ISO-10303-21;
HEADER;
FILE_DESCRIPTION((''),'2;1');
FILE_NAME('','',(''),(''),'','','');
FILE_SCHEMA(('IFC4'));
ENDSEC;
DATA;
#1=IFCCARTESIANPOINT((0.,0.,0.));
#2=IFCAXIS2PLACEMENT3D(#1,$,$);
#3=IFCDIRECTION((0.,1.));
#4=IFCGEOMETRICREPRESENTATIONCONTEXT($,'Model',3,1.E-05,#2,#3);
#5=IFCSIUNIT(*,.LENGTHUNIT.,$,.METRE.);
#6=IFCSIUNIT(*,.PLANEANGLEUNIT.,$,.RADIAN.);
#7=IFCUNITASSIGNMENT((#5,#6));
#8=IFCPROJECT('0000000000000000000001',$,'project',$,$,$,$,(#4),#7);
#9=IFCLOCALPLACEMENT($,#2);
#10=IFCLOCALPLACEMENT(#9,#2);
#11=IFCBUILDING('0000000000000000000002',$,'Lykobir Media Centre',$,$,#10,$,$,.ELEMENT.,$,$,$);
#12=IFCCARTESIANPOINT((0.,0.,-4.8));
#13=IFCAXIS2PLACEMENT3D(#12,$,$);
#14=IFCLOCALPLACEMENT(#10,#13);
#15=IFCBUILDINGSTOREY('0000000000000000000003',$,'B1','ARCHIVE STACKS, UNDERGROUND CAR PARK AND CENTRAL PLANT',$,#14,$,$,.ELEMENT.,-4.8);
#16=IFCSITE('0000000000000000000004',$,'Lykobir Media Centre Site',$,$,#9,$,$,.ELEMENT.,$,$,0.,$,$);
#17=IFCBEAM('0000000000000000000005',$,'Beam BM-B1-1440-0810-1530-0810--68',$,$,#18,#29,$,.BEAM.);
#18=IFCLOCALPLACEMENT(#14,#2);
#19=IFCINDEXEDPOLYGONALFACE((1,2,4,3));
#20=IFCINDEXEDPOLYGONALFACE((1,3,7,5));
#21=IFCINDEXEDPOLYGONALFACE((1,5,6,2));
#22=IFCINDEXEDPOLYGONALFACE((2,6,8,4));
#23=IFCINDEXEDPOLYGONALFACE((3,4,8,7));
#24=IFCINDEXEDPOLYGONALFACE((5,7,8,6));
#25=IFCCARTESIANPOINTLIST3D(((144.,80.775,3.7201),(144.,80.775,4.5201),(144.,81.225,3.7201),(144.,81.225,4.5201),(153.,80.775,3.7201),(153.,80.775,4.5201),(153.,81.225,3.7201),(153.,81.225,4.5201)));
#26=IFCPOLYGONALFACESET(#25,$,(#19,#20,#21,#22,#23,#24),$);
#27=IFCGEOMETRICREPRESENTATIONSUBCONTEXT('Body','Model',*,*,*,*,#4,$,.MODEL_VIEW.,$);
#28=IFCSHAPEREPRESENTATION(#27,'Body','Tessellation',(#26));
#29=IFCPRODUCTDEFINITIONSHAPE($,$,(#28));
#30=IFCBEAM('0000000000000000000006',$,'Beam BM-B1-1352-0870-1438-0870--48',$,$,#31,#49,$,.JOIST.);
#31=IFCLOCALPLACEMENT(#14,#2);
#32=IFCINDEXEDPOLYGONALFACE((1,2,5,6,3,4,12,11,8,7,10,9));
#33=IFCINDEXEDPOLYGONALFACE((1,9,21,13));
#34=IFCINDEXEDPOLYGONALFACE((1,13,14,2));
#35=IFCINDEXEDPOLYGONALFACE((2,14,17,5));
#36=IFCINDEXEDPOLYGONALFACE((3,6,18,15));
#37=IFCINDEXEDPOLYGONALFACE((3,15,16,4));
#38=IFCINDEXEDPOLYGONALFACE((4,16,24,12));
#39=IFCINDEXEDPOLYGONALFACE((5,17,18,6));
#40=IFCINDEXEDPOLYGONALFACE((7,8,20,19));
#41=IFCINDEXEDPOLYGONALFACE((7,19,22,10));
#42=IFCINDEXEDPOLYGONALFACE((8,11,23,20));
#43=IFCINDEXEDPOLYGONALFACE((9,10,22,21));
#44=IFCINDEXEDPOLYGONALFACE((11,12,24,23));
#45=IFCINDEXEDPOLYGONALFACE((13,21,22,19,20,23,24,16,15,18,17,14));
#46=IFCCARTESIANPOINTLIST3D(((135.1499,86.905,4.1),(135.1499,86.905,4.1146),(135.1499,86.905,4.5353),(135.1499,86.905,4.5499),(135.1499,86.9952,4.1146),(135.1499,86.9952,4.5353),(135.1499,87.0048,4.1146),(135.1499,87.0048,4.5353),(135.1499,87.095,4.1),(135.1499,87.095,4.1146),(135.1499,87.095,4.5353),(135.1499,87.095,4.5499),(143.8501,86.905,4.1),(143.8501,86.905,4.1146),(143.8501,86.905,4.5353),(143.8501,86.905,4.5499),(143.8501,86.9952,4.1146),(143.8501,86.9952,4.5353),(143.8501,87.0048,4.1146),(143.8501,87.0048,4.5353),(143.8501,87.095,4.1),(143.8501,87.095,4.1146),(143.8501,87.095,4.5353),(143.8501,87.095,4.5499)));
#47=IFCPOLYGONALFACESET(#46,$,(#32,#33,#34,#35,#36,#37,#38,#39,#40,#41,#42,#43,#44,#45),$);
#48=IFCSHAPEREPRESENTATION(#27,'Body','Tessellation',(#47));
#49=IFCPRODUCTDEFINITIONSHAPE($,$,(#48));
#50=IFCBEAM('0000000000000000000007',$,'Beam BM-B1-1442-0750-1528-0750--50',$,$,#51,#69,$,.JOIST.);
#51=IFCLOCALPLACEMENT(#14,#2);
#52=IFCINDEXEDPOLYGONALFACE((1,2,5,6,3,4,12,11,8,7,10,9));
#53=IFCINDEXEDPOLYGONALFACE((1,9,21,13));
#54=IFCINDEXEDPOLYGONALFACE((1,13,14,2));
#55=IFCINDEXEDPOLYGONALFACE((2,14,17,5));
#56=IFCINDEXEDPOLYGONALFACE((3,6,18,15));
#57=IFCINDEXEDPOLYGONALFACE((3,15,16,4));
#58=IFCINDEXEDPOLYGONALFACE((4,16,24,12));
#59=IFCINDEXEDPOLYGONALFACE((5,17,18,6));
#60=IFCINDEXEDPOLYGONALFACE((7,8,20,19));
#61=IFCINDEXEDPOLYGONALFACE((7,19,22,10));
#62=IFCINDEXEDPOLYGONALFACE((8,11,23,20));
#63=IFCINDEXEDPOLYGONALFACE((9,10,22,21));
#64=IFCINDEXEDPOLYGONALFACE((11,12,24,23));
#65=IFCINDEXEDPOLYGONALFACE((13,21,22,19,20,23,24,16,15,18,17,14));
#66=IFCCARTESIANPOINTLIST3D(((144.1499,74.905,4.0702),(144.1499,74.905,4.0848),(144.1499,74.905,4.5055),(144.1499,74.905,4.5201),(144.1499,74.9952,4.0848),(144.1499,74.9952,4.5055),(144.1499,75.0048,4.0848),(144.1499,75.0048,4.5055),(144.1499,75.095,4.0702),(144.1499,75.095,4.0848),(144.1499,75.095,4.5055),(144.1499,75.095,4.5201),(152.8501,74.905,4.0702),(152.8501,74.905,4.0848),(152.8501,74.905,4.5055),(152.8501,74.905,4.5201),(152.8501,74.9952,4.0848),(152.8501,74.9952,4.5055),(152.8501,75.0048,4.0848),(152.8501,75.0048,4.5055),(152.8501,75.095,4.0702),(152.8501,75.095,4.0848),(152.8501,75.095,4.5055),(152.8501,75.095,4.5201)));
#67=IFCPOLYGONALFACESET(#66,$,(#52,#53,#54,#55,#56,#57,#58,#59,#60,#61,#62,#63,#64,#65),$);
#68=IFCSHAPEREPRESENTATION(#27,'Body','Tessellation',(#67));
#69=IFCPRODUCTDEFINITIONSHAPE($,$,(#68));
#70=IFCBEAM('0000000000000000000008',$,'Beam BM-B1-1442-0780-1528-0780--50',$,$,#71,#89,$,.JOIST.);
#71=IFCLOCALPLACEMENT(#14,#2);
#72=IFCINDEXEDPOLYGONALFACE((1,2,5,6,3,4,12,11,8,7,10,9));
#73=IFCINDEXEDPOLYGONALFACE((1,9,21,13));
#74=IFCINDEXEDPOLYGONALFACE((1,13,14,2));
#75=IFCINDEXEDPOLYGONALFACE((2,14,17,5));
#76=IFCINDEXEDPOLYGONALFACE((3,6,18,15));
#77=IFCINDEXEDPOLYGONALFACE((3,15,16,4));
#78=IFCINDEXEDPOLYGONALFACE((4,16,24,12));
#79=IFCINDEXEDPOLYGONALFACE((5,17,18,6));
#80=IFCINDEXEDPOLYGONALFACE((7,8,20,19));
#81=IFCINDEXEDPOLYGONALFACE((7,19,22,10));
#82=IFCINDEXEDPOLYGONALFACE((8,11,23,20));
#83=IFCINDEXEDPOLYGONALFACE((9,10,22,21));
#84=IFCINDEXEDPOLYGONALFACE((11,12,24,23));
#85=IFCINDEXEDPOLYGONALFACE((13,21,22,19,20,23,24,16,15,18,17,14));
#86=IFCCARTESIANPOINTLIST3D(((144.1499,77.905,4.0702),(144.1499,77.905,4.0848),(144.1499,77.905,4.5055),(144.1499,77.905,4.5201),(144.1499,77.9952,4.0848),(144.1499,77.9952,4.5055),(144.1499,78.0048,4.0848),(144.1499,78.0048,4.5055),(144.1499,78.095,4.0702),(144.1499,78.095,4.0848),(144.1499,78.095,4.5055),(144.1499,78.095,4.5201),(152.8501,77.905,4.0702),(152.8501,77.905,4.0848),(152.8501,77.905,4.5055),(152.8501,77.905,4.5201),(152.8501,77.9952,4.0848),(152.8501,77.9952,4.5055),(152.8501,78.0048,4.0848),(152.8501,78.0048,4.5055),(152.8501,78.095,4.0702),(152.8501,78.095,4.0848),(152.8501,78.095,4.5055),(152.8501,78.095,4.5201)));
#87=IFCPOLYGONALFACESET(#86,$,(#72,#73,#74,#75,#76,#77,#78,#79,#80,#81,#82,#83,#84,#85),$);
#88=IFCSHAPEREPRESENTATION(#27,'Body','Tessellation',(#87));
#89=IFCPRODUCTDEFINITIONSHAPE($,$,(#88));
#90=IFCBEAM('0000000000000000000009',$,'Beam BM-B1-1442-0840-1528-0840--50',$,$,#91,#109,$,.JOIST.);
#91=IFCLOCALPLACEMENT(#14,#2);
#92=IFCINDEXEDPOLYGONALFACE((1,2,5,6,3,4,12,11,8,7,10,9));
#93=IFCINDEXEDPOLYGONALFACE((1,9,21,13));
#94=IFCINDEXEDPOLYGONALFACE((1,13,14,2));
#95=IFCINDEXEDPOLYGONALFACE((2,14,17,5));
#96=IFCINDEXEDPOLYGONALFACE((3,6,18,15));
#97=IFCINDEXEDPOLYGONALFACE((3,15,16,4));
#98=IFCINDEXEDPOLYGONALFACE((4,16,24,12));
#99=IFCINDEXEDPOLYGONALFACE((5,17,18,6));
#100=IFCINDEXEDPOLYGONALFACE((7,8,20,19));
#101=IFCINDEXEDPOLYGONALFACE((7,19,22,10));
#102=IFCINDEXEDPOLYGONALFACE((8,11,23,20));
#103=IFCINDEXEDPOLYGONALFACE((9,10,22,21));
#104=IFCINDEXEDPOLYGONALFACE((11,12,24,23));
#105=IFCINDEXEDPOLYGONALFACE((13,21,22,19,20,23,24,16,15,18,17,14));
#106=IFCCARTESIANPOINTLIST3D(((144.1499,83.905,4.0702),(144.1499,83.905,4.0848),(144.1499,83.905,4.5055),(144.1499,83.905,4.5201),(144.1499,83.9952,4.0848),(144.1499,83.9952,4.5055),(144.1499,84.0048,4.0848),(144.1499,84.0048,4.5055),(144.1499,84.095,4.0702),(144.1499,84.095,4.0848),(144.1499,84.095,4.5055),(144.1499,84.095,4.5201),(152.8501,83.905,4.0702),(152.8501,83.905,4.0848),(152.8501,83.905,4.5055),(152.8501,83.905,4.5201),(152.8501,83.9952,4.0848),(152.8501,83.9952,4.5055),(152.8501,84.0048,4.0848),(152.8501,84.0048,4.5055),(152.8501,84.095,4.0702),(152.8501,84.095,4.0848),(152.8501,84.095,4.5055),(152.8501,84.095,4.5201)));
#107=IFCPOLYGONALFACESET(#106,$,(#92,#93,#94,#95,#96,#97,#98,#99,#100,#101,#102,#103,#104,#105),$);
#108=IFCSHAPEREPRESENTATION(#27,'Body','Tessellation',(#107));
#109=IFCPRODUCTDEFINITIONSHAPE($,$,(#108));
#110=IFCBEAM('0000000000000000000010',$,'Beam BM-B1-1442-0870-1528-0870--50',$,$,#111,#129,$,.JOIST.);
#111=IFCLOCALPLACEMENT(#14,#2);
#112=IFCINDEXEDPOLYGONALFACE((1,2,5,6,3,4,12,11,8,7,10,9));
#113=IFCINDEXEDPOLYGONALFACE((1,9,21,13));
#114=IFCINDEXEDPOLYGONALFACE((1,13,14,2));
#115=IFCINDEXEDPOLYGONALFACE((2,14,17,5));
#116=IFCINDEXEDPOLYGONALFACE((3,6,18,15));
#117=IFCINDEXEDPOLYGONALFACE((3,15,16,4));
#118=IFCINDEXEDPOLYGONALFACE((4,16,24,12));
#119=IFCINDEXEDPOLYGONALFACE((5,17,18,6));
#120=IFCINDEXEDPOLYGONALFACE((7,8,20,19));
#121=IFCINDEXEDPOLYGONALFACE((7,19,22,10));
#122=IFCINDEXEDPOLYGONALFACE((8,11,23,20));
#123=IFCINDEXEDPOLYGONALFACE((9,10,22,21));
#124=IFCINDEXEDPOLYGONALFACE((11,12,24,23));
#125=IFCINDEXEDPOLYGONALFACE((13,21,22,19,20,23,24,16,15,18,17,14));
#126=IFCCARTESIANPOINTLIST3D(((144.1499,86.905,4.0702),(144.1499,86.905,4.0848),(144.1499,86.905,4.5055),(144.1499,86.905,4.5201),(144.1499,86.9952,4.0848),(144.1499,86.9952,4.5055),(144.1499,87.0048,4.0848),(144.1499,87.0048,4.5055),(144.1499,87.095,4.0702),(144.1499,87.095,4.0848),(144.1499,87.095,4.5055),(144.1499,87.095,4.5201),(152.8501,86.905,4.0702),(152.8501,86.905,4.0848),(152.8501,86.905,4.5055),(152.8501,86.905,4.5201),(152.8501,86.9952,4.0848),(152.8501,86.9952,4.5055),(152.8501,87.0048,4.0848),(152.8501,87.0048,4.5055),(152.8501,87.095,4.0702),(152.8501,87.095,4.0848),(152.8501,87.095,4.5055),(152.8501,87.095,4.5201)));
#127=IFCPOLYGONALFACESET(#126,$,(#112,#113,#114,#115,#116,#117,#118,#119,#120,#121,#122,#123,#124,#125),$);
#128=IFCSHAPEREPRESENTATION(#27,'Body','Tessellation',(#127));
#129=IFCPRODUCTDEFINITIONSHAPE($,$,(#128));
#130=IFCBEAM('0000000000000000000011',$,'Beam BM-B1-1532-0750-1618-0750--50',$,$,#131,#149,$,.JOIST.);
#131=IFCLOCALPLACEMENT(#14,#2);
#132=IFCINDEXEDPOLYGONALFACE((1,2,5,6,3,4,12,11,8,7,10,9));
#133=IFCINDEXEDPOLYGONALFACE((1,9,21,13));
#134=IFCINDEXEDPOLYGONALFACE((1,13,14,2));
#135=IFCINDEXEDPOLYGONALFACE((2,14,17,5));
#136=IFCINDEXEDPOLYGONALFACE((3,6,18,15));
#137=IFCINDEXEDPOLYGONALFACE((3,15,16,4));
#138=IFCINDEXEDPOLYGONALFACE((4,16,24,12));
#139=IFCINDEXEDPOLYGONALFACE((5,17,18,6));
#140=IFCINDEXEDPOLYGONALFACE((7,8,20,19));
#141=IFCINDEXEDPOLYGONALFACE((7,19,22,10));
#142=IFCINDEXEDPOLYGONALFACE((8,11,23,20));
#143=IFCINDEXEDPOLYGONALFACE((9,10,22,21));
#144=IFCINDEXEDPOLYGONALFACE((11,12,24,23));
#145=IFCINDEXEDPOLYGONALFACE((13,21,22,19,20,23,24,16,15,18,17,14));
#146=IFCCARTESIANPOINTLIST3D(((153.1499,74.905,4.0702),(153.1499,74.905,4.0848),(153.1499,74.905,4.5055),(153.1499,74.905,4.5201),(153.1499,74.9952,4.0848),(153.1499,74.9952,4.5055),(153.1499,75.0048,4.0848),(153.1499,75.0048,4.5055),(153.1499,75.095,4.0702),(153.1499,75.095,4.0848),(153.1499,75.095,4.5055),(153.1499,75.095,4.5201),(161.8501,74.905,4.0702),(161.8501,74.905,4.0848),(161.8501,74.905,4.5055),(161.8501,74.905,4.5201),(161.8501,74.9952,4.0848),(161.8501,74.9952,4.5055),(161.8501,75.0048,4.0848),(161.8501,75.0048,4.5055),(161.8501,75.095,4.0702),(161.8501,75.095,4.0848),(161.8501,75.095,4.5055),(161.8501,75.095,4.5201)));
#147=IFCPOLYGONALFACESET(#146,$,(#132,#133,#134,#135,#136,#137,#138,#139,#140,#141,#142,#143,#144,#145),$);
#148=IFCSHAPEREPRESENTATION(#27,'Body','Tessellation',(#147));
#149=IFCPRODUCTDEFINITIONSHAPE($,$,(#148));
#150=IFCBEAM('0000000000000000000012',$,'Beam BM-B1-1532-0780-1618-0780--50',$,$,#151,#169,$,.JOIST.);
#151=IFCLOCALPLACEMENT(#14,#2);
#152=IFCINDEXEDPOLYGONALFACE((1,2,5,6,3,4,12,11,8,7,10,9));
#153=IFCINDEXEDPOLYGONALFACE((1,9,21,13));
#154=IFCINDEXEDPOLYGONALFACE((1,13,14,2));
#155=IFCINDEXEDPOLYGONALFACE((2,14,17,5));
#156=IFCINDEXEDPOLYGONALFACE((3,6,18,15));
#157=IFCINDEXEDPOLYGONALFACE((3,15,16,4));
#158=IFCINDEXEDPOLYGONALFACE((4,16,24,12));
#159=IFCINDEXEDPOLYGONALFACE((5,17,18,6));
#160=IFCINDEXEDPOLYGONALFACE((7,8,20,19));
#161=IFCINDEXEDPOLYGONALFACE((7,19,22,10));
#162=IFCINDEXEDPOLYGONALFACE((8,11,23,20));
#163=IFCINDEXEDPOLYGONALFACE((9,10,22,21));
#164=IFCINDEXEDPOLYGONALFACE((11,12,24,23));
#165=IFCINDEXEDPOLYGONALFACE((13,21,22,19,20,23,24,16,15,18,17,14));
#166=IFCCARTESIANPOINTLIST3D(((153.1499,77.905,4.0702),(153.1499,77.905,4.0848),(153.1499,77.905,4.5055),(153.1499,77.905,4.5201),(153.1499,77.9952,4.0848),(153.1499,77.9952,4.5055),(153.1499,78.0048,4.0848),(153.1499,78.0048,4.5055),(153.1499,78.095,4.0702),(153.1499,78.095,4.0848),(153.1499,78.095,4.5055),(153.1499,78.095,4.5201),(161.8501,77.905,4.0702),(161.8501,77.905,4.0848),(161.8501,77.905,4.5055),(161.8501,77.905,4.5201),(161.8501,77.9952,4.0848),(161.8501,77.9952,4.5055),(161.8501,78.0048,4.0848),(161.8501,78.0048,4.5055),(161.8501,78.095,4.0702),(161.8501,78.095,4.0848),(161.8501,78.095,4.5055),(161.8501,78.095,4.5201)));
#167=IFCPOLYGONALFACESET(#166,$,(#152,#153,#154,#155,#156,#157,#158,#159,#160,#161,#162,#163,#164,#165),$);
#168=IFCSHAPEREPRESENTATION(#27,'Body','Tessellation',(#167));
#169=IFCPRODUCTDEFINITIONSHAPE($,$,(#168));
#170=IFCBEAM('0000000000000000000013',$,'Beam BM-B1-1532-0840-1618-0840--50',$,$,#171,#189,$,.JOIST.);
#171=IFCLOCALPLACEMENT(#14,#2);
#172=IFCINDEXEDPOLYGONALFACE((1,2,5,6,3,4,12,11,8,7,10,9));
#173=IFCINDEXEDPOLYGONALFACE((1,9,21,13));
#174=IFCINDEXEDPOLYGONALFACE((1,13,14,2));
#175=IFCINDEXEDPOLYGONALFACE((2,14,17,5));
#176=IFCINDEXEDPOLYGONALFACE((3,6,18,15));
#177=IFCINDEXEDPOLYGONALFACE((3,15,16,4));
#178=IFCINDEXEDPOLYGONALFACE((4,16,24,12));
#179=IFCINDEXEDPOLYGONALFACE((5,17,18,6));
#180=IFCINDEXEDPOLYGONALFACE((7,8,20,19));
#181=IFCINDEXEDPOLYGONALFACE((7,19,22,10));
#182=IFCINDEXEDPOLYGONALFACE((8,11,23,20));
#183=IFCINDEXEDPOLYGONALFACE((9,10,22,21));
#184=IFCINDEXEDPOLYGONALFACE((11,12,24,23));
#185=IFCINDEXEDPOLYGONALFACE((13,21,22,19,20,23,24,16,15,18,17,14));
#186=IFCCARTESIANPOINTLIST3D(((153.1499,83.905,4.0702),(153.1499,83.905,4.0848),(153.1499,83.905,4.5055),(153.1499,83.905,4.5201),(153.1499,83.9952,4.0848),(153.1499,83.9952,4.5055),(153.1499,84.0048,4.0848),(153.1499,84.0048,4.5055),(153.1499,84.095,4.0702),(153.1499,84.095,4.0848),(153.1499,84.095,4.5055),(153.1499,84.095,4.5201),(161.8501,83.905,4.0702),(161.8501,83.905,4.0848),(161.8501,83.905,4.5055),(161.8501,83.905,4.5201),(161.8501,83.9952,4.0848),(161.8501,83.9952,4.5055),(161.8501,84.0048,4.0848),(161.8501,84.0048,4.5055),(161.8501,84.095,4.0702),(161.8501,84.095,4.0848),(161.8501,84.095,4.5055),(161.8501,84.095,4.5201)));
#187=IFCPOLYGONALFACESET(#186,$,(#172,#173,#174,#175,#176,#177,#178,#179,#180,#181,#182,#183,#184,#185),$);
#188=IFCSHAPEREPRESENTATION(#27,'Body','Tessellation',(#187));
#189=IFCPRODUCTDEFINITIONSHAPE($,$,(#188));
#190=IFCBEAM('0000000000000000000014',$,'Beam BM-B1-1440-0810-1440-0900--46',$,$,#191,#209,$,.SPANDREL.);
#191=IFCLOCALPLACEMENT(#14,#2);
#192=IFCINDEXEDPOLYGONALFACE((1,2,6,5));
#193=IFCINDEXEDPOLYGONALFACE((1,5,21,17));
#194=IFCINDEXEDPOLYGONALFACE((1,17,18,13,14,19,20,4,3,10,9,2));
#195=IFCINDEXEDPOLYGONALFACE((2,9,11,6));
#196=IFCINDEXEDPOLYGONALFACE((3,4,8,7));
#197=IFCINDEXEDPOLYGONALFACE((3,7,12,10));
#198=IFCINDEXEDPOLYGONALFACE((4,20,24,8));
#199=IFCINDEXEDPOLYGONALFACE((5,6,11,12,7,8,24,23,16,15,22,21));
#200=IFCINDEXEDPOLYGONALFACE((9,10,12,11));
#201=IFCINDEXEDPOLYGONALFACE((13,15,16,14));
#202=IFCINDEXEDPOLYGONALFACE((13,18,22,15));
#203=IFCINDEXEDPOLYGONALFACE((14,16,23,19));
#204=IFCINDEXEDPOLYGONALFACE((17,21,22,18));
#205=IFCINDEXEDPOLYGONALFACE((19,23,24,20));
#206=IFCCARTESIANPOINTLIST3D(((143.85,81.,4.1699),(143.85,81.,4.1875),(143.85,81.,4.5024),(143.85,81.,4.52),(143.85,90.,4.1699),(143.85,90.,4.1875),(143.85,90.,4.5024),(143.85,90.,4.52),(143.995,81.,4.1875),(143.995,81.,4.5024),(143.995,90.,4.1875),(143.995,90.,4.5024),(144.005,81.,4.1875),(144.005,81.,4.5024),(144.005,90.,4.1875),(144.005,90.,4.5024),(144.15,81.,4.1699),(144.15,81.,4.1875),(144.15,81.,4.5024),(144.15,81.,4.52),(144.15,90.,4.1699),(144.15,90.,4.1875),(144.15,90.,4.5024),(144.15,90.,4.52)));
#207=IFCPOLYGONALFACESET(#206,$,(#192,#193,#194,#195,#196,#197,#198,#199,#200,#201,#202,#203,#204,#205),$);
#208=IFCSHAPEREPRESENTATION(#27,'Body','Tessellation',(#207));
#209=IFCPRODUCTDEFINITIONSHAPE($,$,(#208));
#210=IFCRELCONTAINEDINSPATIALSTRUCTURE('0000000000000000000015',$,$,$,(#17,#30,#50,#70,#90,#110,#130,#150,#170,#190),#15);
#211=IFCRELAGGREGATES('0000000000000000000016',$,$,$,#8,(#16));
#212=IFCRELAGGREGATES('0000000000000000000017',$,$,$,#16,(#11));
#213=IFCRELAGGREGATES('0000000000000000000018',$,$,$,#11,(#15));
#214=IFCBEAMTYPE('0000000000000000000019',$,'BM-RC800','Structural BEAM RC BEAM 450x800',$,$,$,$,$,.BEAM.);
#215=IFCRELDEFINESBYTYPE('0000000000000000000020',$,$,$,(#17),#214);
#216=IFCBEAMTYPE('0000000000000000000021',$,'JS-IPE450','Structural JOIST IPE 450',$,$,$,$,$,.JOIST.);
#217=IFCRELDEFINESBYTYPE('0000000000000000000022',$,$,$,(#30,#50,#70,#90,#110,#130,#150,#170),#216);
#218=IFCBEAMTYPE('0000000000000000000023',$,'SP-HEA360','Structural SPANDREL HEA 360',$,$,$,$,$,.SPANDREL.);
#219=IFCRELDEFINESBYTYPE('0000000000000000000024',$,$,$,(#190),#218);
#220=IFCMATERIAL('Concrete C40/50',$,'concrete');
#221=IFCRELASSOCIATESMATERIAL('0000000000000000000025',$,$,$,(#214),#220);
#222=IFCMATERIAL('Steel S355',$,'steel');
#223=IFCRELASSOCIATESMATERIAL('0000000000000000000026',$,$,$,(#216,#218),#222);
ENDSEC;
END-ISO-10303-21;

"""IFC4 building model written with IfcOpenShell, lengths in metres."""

from ifc_helpers import new_model, si_unit, direction, frame, origin, origin_2d, place, context, subcontext, project, spatial, rectangle, i_section, extrude, material, material_profile, profile_set, type_object, element, save


model = new_model("IFC4")

# Units and contexts
model_context = context("Model", 3, precision=1e-05, world=origin(), true_north=direction((0.0, 1.0)))
body_context = subcontext(model_context, "Body", "Model", "MODEL_VIEW")
ifc_project = project(units=[si_unit("LENGTHUNIT", "METRE"), si_unit("PLANEANGLEUNIT", "RADIAN")], contexts=[model_context])

# Site, building, storey
site_placement = place(None, origin())
site = spatial("IfcSite", under=ifc_project, at=site_placement, Name="Lykobir Media Centre Site", CompositionType="ELEMENT", RefElevation=0.0)
building_placement = place(site_placement, origin())
building = spatial("IfcBuilding", under=site, at=building_placement, Name="Lykobir Media Centre", CompositionType="ELEMENT")
storey_placement = place(building_placement, frame((0.0, 0.0, -4.8)))
storey = spatial("IfcBuildingStorey", under=building, at=storey_placement, Name="B1", Description="ARCHIVE STACKS, UNDERGROUND CAR PARK AND CENTRAL PLANT", CompositionType="ELEMENT", Elevation=-4.8)

# Shared definitions
ifc_material_1 = material(Name="Concrete C40/50", Category="concrete")
ifc_material_2 = material(Name="Steel S355", Category="steel")

# Beams
ifc_material_profile_1 = material_profile(ifc_material_1, rectangle(XDim=0.45, YDim=0.8, at=origin_2d()), Name="RC BEAM 450x800")
ifc_profile_set_1 = profile_set([ifc_material_profile_1], Name="Concrete C40/50")
beam_type_1 = type_object("IfcBeamType", Name="BM-RC800", Description="Structural BEAM RC BEAM 450x800", PredefinedType="BEAM", material=ifc_profile_set_1)
beam_1_placement = place(storey_placement, frame((144.0, 81.0, 4.1201), z_axis=(1.0, 0.0, 0.0), x_axis=(0.0, 1.0, 0.0)))
element("IfcBeam", 1, at=beam_1_placement, inside=storey, type_object=beam_type_1, Name="Beam BM-B1-1440-0810-1530-0810--68", PredefinedType="BEAM", context=body_context, shape_type="SweptSolid", body=[
    extrude(rectangle(XDim=0.45, YDim=0.8, at=origin_2d()), origin(), (0.0, 0.0, 1.0), 9.0),
])
ifc_material_profile_2 = material_profile(ifc_material_2, i_section(OverallWidth=0.1899, OverallDepth=0.45, WebThickness=0.0095, FlangeThickness=0.0146, at=origin_2d()), Name="IPE 450")
ifc_profile_set_2 = profile_set([ifc_material_profile_2], Name="Steel S355")
beam_type_2 = type_object("IfcBeamType", Name="JS-IPE450", Description="Structural JOIST IPE 450", PredefinedType="JOIST", material=ifc_profile_set_2)
for number, where, z_axis, x_axis, name in (
    (2, (135.1499, 87.0, 4.325), (1.0, 0.0, 0.0), (0.0, 1.0, 0.0), "Beam BM-B1-1352-0870-1438-0870--48"),
    (3, (144.1499, 75.0, 4.2952), (1.0, 0.0, 0.0), (0.0, 1.0, 0.0), "Beam BM-B1-1442-0750-1528-0750--50"),
    (4, (144.1499, 78.0, 4.2952), (1.0, 0.0, 0.0), (0.0, 1.0, 0.0), "Beam BM-B1-1442-0780-1528-0780--50"),
    (5, (144.1499, 84.0, 4.2952), (1.0, 0.0, 0.0), (0.0, 1.0, 0.0), "Beam BM-B1-1442-0840-1528-0840--50"),
    (6, (144.1499, 87.0, 4.2952), (1.0, 0.0, 0.0), (0.0, 1.0, 0.0), "Beam BM-B1-1442-0870-1528-0870--50"),
    (7, (153.1499, 75.0, 4.2952), (1.0, 0.0, 0.0), (0.0, 1.0, 0.0), "Beam BM-B1-1532-0750-1618-0750--50"),
    (8, (153.1499, 78.0, 4.2952), (1.0, 0.0, 0.0), (0.0, 1.0, 0.0), "Beam BM-B1-1532-0780-1618-0780--50"),
    (9, (153.1499, 84.0, 4.2952), (1.0, 0.0, 0.0), (0.0, 1.0, 0.0), "Beam BM-B1-1532-0840-1618-0840--50"),
):
    element("IfcBeam", number, at=place(storey_placement, frame(where, z_axis=z_axis, x_axis=x_axis)), inside=storey, type_object=beam_type_2, Name=name, PredefinedType="JOIST", context=body_context, shape_type="SweptSolid", body=[
        extrude(i_section(OverallWidth=0.1899, OverallDepth=0.45, WebThickness=0.0095, FlangeThickness=0.0146, at=origin_2d()), origin(), (0.0, 0.0, 1.0), 8.7002),
    ])
ifc_material_profile_3 = material_profile(ifc_material_2, i_section(OverallWidth=0.3, OverallDepth=0.3501, WebThickness=0.01, FlangeThickness=0.0176, at=origin_2d()), Name="HEA 360")
ifc_profile_set_3 = profile_set([ifc_material_profile_3], Name="Steel S355")
beam_type_3 = type_object("IfcBeamType", Name="SP-HEA360", Description="Structural SPANDREL HEA 360", PredefinedType="SPANDREL", material=ifc_profile_set_3)
beam_2_placement = place(storey_placement, frame((144.0, 81.0, 4.345), z_axis=(0.0, 1.0, 0.0), x_axis=(-1.0, 0.0, 0.0)))
element("IfcBeam", 10, at=beam_2_placement, inside=storey, type_object=beam_type_3, Name="Beam BM-B1-1440-0810-1440-0900--46", PredefinedType="SPANDREL", context=body_context, shape_type="SweptSolid", body=[
    extrude(i_section(OverallWidth=0.3, OverallDepth=0.3501, WebThickness=0.01, FlangeThickness=0.0176, at=origin_2d()), origin(), (0.0, 0.0, 1.0), 9.0),
])

save(model, "model.ifc")
